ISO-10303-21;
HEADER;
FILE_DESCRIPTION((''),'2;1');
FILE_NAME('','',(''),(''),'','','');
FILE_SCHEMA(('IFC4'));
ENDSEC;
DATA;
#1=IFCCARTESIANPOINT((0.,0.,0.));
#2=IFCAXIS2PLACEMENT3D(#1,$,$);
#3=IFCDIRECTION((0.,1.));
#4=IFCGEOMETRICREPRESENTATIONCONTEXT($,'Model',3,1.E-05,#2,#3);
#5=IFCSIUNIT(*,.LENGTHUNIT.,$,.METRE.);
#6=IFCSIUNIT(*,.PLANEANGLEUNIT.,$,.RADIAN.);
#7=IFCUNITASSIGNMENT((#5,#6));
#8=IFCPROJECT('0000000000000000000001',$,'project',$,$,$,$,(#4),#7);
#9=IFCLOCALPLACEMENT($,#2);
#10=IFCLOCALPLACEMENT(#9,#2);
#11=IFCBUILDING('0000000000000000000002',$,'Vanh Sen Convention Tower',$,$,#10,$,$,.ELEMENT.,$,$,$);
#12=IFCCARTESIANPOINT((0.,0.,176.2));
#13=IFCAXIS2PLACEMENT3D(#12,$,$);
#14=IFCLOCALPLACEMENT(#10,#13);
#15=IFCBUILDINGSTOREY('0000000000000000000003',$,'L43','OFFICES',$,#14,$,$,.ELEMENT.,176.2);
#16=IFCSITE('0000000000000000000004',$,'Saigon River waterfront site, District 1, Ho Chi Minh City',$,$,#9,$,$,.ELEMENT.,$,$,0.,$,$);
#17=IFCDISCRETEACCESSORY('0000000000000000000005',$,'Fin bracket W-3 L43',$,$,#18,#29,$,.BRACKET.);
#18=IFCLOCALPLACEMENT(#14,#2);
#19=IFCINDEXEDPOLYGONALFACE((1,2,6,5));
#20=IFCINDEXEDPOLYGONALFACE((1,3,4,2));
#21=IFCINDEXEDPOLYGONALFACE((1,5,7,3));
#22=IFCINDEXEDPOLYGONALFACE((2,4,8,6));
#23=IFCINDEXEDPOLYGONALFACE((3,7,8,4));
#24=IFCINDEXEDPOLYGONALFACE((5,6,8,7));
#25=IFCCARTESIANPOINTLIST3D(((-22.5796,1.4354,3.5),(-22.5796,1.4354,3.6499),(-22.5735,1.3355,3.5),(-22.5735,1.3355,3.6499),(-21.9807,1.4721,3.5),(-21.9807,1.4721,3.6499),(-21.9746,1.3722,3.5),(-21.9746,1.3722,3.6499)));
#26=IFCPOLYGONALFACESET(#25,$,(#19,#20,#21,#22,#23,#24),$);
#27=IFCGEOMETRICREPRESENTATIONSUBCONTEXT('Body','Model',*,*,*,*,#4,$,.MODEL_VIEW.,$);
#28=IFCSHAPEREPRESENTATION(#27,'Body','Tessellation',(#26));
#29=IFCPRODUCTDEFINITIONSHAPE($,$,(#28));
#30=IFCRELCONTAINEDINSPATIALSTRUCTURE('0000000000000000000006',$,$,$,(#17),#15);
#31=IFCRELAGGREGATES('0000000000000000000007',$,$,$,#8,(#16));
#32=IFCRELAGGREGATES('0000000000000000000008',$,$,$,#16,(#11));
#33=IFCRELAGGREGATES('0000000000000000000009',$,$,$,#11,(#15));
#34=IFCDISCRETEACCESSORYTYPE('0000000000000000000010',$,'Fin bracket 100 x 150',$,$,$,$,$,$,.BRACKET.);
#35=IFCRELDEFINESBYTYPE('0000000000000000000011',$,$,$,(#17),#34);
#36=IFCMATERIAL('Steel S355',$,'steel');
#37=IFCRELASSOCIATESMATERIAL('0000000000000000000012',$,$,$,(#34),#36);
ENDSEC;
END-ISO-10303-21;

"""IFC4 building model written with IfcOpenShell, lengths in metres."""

from ifc_helpers import new_model, si_unit, direction, frame, origin, origin_2d, place, context, subcontext, project, spatial, rectangle, extrude, material, type_object, element, save


model = new_model("IFC4")

# Units and contexts
model_context = context("Model", 3, precision=1e-05, world=origin(), true_north=direction((0.0, 1.0)))
body_context = subcontext(model_context, "Body", "Model", "MODEL_VIEW")
ifc_project = project(units=[si_unit("LENGTHUNIT", "METRE"), si_unit("PLANEANGLEUNIT", "RADIAN")], contexts=[model_context])

# Site, building, storey
site_placement = place(None, origin())
site = spatial("IfcSite", under=ifc_project, at=site_placement, Name="Saigon River waterfront site, District 1, Ho Chi Minh City", CompositionType="ELEMENT", RefElevation=0.0)
building_placement = place(site_placement, origin())
building = spatial("IfcBuilding", under=site, at=building_placement, Name="Vanh Sen Convention Tower", CompositionType="ELEMENT")
storey_placement = place(building_placement, frame((0.0, 0.0, 176.2)))
storey = spatial("IfcBuildingStorey", under=building, at=storey_placement, Name="L43", Description="OFFICES", CompositionType="ELEMENT", Elevation=176.2)

# Discrete accessory
ifc_material_1 = material(Name="Steel S355", Category="steel")
discrete_accessory_type = type_object("IfcDiscreteAccessoryType", Name="Fin bracket 100 x 150", PredefinedType="BRACKET", material=ifc_material_1)
discrete_accessory_placement = place(storey_placement, frame((-22.2771, 1.4038, 3.5), z_axis=(0.0, 0.0, 1.0), x_axis=(-0.998135, -0.061049, 0.0)))
element("IfcDiscreteAccessory", 1, at=discrete_accessory_placement, inside=storey, type_object=discrete_accessory_type, Name="Fin bracket W-3 L43", PredefinedType="BRACKET", context=body_context, shape_type="SweptSolid", body=[
    extrude(rectangle(XDim=0.6001, YDim=0.1001, at=origin_2d()), origin(), (0.0, 0.0, 1.0), 0.1499),
])

save(model, "model.ifc")
